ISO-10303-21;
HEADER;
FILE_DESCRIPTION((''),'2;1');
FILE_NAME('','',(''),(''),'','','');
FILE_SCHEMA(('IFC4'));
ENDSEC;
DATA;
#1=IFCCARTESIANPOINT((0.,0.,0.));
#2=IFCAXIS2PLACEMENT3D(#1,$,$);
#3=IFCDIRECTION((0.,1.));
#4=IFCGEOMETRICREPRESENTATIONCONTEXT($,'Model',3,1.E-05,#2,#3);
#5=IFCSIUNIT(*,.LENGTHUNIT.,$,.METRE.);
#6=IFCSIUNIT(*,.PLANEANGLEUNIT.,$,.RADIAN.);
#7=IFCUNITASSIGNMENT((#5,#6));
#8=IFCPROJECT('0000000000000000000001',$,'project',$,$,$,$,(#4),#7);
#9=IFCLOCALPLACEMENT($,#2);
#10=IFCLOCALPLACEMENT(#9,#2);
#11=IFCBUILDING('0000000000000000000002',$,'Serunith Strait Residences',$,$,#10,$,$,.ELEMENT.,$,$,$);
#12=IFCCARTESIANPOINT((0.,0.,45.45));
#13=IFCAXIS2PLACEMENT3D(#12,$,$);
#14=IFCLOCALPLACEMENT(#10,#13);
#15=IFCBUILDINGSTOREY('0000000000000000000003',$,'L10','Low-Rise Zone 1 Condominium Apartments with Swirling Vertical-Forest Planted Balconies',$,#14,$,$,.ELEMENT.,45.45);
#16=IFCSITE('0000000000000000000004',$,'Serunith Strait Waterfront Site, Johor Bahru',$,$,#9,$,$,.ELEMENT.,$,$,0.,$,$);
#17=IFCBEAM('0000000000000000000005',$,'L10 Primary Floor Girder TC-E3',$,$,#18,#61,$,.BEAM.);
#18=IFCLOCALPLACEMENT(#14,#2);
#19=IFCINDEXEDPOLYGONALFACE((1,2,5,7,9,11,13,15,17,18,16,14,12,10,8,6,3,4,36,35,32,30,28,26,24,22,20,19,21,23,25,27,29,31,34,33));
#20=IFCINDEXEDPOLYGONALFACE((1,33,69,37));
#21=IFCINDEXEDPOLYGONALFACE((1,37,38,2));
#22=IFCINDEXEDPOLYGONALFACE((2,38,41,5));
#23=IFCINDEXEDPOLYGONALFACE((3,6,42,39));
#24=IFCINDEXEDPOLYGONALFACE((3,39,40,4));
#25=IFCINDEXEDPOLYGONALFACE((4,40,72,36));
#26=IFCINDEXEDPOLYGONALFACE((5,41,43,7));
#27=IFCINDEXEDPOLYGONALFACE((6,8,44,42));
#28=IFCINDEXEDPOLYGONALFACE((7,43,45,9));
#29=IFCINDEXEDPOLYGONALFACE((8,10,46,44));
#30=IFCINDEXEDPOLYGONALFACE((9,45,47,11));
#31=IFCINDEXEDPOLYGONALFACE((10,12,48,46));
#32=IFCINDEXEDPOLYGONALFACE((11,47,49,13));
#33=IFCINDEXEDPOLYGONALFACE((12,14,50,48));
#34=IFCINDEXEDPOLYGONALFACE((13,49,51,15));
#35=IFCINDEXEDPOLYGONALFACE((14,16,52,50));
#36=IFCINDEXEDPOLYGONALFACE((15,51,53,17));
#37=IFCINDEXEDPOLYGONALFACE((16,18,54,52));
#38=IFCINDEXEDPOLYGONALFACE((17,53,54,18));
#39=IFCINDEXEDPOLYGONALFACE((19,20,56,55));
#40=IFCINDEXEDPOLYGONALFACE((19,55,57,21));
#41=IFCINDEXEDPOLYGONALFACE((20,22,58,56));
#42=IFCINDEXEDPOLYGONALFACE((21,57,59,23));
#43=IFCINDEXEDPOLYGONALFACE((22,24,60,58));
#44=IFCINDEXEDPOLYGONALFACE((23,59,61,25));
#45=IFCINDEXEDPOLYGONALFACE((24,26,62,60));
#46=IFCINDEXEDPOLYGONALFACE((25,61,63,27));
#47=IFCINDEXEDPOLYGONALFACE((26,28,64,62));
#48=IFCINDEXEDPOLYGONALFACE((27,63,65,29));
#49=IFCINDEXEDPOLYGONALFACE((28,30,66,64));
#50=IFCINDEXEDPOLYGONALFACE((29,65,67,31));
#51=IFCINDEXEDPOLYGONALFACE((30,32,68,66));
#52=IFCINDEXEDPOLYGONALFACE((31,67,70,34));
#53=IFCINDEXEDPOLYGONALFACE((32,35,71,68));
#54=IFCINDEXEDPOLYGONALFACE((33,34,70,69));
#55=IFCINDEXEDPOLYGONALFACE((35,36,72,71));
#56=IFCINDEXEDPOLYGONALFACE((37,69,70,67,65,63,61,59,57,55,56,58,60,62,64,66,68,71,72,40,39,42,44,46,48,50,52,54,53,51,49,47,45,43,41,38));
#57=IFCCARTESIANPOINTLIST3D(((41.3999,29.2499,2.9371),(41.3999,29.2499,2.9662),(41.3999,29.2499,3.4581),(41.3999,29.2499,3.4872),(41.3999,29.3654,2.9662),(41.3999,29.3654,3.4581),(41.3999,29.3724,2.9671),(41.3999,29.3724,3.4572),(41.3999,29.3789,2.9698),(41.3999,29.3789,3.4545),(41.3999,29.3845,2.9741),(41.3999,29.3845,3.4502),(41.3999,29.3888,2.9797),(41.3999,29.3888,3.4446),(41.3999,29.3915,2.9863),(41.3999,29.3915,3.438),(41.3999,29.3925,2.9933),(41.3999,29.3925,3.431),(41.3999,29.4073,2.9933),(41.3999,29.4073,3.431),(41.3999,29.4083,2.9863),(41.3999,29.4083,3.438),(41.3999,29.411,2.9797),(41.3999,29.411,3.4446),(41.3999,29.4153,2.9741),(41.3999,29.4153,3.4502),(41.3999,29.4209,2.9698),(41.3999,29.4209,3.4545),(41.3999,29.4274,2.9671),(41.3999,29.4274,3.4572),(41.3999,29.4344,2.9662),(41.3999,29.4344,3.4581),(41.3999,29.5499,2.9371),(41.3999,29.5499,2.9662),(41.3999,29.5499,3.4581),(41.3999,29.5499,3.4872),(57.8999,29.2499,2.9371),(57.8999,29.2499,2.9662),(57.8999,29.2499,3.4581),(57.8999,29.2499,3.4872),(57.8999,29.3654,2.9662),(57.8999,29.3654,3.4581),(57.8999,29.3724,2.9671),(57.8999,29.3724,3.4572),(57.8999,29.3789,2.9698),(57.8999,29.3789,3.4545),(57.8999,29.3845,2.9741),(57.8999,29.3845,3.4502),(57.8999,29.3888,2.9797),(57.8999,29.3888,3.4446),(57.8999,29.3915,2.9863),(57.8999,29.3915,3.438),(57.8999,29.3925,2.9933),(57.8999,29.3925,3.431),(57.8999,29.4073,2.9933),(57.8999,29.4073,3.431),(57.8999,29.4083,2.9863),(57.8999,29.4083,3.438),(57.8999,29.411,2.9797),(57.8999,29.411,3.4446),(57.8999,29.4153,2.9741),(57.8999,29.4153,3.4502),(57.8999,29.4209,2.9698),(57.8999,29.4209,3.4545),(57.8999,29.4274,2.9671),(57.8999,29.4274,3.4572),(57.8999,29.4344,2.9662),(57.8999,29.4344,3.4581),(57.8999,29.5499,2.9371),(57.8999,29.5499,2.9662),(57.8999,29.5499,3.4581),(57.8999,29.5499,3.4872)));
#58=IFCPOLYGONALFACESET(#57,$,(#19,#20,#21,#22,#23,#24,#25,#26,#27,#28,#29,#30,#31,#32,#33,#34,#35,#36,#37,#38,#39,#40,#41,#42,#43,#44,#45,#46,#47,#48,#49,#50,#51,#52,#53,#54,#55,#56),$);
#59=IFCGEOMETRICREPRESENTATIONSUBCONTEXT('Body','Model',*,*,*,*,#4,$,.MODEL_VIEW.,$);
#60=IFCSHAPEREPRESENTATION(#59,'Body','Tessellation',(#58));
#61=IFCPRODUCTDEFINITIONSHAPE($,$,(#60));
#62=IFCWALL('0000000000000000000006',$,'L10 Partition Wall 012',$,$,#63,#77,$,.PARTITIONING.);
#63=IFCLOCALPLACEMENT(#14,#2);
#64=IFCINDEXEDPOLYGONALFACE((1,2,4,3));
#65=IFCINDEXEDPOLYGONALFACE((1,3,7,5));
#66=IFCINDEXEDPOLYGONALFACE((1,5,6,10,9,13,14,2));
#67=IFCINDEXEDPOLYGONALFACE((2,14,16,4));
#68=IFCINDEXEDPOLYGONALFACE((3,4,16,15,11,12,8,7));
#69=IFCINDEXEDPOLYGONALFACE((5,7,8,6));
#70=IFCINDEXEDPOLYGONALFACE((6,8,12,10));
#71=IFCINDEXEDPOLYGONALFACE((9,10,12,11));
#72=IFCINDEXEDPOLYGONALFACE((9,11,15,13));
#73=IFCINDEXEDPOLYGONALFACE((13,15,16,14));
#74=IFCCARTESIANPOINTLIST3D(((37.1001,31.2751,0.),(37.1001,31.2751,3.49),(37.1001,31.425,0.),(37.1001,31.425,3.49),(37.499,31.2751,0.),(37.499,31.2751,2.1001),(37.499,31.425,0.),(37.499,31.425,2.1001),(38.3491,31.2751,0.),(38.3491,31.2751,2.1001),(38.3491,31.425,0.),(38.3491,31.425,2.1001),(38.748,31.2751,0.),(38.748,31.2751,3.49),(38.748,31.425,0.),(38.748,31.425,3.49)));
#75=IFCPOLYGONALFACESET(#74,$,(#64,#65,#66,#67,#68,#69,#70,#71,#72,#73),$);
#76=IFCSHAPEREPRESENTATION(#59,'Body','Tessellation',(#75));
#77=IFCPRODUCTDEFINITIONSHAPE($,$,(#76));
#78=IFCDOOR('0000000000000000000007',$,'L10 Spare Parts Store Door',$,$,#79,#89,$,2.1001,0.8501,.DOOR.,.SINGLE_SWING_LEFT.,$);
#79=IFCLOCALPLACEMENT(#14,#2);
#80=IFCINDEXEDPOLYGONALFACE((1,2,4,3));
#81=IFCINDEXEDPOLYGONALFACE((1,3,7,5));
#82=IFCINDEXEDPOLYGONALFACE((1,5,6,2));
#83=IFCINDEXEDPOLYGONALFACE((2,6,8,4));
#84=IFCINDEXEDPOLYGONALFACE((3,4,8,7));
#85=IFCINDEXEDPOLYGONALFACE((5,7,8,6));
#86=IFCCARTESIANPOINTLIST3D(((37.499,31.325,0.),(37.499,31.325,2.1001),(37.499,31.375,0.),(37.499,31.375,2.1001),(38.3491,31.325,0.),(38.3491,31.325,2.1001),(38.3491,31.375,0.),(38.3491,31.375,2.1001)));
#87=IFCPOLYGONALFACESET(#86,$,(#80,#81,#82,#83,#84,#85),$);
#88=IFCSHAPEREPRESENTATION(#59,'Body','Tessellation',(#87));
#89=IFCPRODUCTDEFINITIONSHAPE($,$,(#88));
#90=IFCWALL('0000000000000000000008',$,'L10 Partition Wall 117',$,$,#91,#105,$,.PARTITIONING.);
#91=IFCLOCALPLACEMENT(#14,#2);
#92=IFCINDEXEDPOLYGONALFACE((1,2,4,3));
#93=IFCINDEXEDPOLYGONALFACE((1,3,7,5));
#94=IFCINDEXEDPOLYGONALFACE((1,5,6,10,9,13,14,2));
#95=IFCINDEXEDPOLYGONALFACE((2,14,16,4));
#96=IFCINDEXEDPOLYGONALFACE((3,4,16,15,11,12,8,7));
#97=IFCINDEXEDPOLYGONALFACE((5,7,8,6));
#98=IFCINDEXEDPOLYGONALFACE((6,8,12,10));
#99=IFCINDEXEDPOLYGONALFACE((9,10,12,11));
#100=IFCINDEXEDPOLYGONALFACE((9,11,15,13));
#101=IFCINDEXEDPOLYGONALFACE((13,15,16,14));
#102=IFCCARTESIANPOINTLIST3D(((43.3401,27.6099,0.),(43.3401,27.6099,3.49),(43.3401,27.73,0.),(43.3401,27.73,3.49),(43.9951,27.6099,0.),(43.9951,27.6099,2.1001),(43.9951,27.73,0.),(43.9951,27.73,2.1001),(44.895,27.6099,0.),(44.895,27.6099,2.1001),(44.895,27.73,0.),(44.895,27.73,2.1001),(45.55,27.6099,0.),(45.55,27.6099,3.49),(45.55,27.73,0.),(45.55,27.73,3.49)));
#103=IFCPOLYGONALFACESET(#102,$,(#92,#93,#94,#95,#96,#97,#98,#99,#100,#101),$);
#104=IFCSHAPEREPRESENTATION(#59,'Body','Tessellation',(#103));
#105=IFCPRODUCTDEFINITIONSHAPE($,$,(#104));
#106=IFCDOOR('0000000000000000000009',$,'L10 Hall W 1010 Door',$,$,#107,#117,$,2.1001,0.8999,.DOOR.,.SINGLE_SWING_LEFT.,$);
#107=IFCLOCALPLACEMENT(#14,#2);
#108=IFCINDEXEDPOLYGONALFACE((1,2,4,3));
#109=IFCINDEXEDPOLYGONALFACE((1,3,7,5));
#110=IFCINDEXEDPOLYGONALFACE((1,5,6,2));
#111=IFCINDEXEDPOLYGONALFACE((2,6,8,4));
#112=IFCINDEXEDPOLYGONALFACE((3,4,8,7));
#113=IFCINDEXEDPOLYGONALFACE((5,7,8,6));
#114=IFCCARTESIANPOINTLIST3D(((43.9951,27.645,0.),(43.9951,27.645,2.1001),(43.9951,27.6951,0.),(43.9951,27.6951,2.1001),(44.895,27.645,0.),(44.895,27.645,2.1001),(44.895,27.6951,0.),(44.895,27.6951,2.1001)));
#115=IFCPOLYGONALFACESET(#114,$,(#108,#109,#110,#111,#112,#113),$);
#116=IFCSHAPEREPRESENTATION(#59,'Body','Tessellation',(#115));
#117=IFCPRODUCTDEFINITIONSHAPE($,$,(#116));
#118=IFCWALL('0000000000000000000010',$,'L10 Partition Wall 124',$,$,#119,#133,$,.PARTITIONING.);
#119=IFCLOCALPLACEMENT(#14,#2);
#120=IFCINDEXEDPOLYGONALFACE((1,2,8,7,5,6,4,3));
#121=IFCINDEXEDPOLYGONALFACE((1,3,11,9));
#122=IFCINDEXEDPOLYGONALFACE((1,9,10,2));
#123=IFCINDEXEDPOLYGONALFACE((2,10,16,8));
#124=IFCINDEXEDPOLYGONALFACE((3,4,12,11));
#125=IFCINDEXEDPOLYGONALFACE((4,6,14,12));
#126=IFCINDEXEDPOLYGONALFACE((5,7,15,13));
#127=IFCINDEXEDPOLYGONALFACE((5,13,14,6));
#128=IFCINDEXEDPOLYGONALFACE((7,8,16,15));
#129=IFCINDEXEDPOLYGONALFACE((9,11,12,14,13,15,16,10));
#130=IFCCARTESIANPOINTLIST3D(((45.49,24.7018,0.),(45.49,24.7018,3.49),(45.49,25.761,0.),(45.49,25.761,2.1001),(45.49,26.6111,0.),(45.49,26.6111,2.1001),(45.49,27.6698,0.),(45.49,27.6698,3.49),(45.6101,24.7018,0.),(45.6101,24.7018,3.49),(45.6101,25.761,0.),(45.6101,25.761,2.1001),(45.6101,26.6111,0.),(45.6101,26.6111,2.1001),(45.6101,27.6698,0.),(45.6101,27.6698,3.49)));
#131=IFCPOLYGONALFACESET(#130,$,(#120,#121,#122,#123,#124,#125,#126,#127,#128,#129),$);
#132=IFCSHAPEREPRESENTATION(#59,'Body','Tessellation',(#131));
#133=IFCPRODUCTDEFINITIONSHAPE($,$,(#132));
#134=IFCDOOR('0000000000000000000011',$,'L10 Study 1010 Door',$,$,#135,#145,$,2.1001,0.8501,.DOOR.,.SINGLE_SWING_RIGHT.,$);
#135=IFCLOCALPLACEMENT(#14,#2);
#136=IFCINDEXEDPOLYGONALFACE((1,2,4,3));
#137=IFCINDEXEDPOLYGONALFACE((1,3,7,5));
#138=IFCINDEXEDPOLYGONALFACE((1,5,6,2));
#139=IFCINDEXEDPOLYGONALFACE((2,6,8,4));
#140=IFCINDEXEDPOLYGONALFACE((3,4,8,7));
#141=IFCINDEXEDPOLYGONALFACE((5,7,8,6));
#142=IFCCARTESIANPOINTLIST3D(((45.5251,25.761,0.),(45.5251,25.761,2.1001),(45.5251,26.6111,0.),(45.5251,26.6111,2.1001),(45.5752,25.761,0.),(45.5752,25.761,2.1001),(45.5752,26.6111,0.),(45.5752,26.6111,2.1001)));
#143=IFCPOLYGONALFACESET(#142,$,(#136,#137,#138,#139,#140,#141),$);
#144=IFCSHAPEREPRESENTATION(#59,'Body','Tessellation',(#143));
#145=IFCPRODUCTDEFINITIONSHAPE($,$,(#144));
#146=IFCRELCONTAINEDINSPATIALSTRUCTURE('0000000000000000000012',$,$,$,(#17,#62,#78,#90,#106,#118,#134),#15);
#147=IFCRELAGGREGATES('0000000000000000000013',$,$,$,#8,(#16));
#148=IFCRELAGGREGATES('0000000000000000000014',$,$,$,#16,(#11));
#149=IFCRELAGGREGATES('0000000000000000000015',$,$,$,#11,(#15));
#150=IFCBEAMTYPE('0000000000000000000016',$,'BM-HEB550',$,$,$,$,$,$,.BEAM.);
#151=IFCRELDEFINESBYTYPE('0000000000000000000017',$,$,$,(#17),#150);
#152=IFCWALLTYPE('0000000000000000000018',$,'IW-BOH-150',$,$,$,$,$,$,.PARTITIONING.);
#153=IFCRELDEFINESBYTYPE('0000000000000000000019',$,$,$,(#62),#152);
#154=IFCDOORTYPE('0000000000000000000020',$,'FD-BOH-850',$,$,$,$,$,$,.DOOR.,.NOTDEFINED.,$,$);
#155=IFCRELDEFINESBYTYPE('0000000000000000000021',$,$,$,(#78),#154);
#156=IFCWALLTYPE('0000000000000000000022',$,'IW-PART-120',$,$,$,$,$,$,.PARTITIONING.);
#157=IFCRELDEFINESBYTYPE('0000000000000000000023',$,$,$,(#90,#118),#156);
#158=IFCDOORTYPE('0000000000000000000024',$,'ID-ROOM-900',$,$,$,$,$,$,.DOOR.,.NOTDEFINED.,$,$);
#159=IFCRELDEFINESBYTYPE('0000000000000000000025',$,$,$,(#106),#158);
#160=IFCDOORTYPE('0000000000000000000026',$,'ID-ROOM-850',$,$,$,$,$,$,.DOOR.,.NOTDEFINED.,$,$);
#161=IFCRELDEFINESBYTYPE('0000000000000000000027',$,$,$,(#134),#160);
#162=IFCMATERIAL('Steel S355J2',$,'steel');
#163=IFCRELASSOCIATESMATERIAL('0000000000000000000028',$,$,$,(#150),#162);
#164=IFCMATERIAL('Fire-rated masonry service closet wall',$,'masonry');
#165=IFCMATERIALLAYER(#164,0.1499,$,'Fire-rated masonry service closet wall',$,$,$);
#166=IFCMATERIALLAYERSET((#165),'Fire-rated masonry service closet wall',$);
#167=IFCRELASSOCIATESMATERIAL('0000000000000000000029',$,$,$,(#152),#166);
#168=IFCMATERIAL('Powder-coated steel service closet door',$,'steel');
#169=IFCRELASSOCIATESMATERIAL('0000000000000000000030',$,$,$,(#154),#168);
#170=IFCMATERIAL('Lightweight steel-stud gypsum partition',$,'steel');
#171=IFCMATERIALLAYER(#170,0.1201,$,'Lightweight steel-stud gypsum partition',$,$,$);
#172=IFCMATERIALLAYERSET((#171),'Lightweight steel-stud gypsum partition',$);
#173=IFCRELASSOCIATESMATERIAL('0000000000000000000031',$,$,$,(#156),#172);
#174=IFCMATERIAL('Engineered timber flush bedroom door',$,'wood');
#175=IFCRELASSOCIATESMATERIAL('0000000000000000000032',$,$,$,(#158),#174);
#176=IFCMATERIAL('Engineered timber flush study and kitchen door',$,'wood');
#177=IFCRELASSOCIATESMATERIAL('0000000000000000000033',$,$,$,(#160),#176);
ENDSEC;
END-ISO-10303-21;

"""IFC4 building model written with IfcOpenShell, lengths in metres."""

from ifc_helpers import new_model, si_unit, direction, frame, frame_2d, origin, origin_2d, place, context, subcontext, project, spatial, rectangle, i_section, extrude, source, transform, mapped, material, layer, layer_set, material_profile, profile_set, type_object, element, fill, save


model = new_model("IFC4")

# Units and contexts
model_context = context("Model", 3, precision=1e-05, world=origin(), true_north=direction((0.0, 1.0)))
body_context = subcontext(model_context, "Body", "Model", "MODEL_VIEW")
ifc_project = project(units=[si_unit("LENGTHUNIT", "METRE"), si_unit("PLANEANGLEUNIT", "RADIAN")], contexts=[model_context])

# Site, building, storey
site_placement = place(None, origin())
site = spatial("IfcSite", under=ifc_project, at=site_placement, Name="Serunith Strait Waterfront Site, Johor Bahru", CompositionType="ELEMENT", RefElevation=0.0)
building_placement = place(site_placement, origin())
building = spatial("IfcBuilding", under=site, at=building_placement, Name="Serunith Strait Residences", CompositionType="ELEMENT")
storey_placement = place(building_placement, frame((0.0, 0.0, 45.45)))
storey = spatial("IfcBuildingStorey", under=building, at=storey_placement, Name="L10", Description="Low-Rise Zone 1 Condominium Apartments with Swirling Vertical-Forest Planted Balconies", CompositionType="ELEMENT", Elevation=45.45)

# Beam
ifc_material_1 = material(Name="Steel S355J2", Category="steel")
ifc_material_profile = material_profile(ifc_material_1, i_section(OverallWidth=0.3, OverallDepth=0.55, WebThickness=0.0149, FlangeThickness=0.0291, FilletRadius=0.0271, at=origin_2d()), Name="HEB 550")
ifc_profile_set = profile_set([ifc_material_profile], Name="Steel S355J2")
beam_type = type_object("IfcBeamType", Name="BM-HEB550", PredefinedType="BEAM", material=ifc_profile_set)
shared_shape_1 = source(origin(), body_context, "Body", "SweptSolid", [
    extrude(i_section(OverallWidth=0.3, OverallDepth=0.55, WebThickness=0.0149, FlangeThickness=0.0291, FilletRadius=0.0271, at=origin_2d()), origin(), (0.0, 0.0, 1.0), 16.5),
])
beam_placement = place(storey_placement, frame((41.3999, 29.3999, 3.2122), z_axis=(1.0, 0.0, 0.0), x_axis=(0.0, 1.0, 0.0)))
element("IfcBeam", 1, at=beam_placement, inside=storey, type_object=beam_type, Name="L10 Primary Floor Girder TC-E3", PredefinedType="BEAM", context=body_context, shape_type="MappedRepresentation", body=[
    mapped(shared_shape_1, transform((0.0, 0.0, 0.0), scale=1.0)),
])

# Walls, openings, doors
ifc_material_2 = material(Name="Fire-rated masonry service closet wall", Category="masonry")
ifc_layer_1 = layer(ifc_material_2, 0.1499, Name="Fire-rated masonry service closet wall")
ifc_layer_set_1 = layer_set([ifc_layer_1], Name="Fire-rated masonry service closet wall")
wall_type_1 = type_object("IfcWallType", Name="IW-BOH-150", PredefinedType="PARTITIONING", material=ifc_layer_set_1)
wall_1_placement = place(storey_placement, frame((37.1001, 31.3501, 0.0), z_axis=(0.0, 0.0, 1.0), x_axis=(1.0, 0.0, 0.0)))
wall_1 = element("IfcWall", 2, at=wall_1_placement, inside=storey, type_object=wall_type_1, Name="L10 Partition Wall 012", PredefinedType="PARTITIONING", context=body_context, shape_type="SweptSolid", body=[
    extrude(rectangle(XDim=1.6479, YDim=0.1499, at=frame_2d((0.824, 0.0))), origin(), (0.0, 0.0, 1.0), 3.49),
])
opening_1_placement = place(wall_1_placement, frame((0.3989, 0.0, 0.0)))
opening_1 = element("IfcOpeningElement", 3, at=opening_1_placement, cuts=wall_1, PredefinedType="OPENING", context=body_context, shape_type="SweptSolid", body=[
    extrude(rectangle(XDim=0.8501, YDim=2.1001, at=frame_2d((0.425, 1.05))), frame((0.0, 0.085, 0.0), z_axis=(0.0, -1.0, 0.0), x_axis=(1.0, 0.0, 0.0)), (0.0, 0.0, 1.0), 0.1699),
])
ifc_material_3 = material(Name="Powder-coated steel service closet door", Category="steel")
door_type_1 = type_object("IfcDoorType", Name="FD-BOH-850", OperationType="NOTDEFINED", PredefinedType="DOOR", material=ifc_material_3)
shared_shape_2 = source(origin(), body_context, "Body", "SweptSolid", [
    extrude(rectangle(XDim=0.8501, YDim=2.1001, at=frame_2d((0.425, 1.05))), frame((0.0, 0.0249, 0.0), z_axis=(0.0, -1.0, 0.0), x_axis=(1.0, 0.0, 0.0)), (0.0, 0.0, 1.0), 0.05),
])
door_1_placement = place(opening_1_placement, origin())
door_1 = element("IfcDoor", 4, at=door_1_placement, inside=storey, type_object=door_type_1, Name="L10 Spare Parts Store Door", OperationType="SINGLE_SWING_LEFT", OverallHeight=2.1001, OverallWidth=0.8501, PredefinedType="DOOR", context=body_context, shape_type="MappedRepresentation", body=[
    mapped(shared_shape_2, transform((0.0, 0.0, 0.0), scale=1.0)),
])
fill(opening_1, door_1)
ifc_material_4 = material(Name="Lightweight steel-stud gypsum partition", Category="steel")
ifc_layer_2 = layer(ifc_material_4, 0.1201, Name="Lightweight steel-stud gypsum partition")
ifc_layer_set_2 = layer_set([ifc_layer_2], Name="Lightweight steel-stud gypsum partition")
wall_type_2 = type_object("IfcWallType", Name="IW-PART-120", PredefinedType="PARTITIONING", material=ifc_layer_set_2)
wall_2_placement = place(storey_placement, frame((45.55, 27.6699, 0.0), z_axis=(0.0, 0.0, 1.0), x_axis=(-1.0, 0.0, 0.0)))
wall_2 = element("IfcWall", 5, at=wall_2_placement, inside=storey, type_object=wall_type_2, Name="L10 Partition Wall 117", PredefinedType="PARTITIONING", context=body_context, shape_type="SweptSolid", body=[
    extrude(rectangle(XDim=2.21, YDim=0.1201, at=frame_2d((1.105, 0.0))), origin(), (0.0, 0.0, 1.0), 3.49),
])
opening_2_placement = place(wall_2_placement, frame((0.655, 0.0, 0.0)))
opening_2 = element("IfcOpeningElement", 6, at=opening_2_placement, cuts=wall_2, PredefinedType="OPENING", context=body_context, shape_type="SweptSolid", body=[
    extrude(rectangle(XDim=0.8999, YDim=2.1001, at=frame_2d((0.45, 1.05))), frame((0.0, 0.0701, 0.0), z_axis=(0.0, -1.0, 0.0), x_axis=(1.0, 0.0, 0.0)), (0.0, 0.0, 1.0), 0.1401),
])
ifc_material_5 = material(Name="Engineered timber flush bedroom door", Category="wood")
door_type_2 = type_object("IfcDoorType", Name="ID-ROOM-900", OperationType="NOTDEFINED", PredefinedType="DOOR", material=ifc_material_5)
shared_shape_3 = source(origin(), body_context, "Body", "SweptSolid", [
    extrude(rectangle(XDim=0.8999, YDim=2.1001, at=frame_2d((0.45, 1.05))), frame((0.0, 0.0249, 0.0), z_axis=(0.0, -1.0, 0.0), x_axis=(1.0, 0.0, 0.0)), (0.0, 0.0, 1.0), 0.05),
])
door_2_placement = place(opening_2_placement, origin())
door_2 = element("IfcDoor", 7, at=door_2_placement, inside=storey, type_object=door_type_2, Name="L10 Hall W 1010 Door", OperationType="SINGLE_SWING_LEFT", OverallHeight=2.1001, OverallWidth=0.8999, PredefinedType="DOOR", context=body_context, shape_type="MappedRepresentation", body=[
    mapped(shared_shape_3, transform((0.0, 0.0, 0.0), scale=1.0)),
])
fill(opening_2, door_2)
wall_3_placement = place(storey_placement, frame((45.55, 24.7019, 0.0), z_axis=(0.0, 0.0, 1.0), x_axis=(0.0, 1.0, 0.0)))
wall_3 = element("IfcWall", 8, at=wall_3_placement, inside=storey, type_object=wall_type_2, Name="L10 Partition Wall 124", PredefinedType="PARTITIONING", context=body_context, shape_type="SweptSolid", body=[
    extrude(rectangle(XDim=2.968, YDim=0.1201, at=frame_2d((1.4839, 0.0))), origin(), (0.0, 0.0, 1.0), 3.49),
])
opening_3_placement = place(wall_3_placement, frame((1.0591, 0.0, 0.0)))
opening_3 = element("IfcOpeningElement", 9, at=opening_3_placement, cuts=wall_3, PredefinedType="OPENING", context=body_context, shape_type="SweptSolid", body=[
    extrude(rectangle(XDim=0.8501, YDim=2.1001, at=frame_2d((0.425, 1.05))), frame((0.0, 0.0701, 0.0), z_axis=(0.0, -1.0, 0.0), x_axis=(1.0, 0.0, 0.0)), (0.0, 0.0, 1.0), 0.1401),
])
ifc_material_6 = material(Name="Engineered timber flush study and kitchen door", Category="wood")
door_type_3 = type_object("IfcDoorType", Name="ID-ROOM-850", OperationType="NOTDEFINED", PredefinedType="DOOR", material=ifc_material_6)
door_3_placement = place(opening_3_placement, origin())
door_3 = element("IfcDoor", 10, at=door_3_placement, inside=storey, type_object=door_type_3, Name="L10 Study 1010 Door", OperationType="SINGLE_SWING_RIGHT", OverallHeight=2.1001, OverallWidth=0.8501, PredefinedType="DOOR", context=body_context, shape_type="MappedRepresentation", body=[
    mapped(shared_shape_2, transform((0.0, 0.0, 0.0), scale=1.0)),
])
fill(opening_3, door_3)

save(model, "model.ifc")
